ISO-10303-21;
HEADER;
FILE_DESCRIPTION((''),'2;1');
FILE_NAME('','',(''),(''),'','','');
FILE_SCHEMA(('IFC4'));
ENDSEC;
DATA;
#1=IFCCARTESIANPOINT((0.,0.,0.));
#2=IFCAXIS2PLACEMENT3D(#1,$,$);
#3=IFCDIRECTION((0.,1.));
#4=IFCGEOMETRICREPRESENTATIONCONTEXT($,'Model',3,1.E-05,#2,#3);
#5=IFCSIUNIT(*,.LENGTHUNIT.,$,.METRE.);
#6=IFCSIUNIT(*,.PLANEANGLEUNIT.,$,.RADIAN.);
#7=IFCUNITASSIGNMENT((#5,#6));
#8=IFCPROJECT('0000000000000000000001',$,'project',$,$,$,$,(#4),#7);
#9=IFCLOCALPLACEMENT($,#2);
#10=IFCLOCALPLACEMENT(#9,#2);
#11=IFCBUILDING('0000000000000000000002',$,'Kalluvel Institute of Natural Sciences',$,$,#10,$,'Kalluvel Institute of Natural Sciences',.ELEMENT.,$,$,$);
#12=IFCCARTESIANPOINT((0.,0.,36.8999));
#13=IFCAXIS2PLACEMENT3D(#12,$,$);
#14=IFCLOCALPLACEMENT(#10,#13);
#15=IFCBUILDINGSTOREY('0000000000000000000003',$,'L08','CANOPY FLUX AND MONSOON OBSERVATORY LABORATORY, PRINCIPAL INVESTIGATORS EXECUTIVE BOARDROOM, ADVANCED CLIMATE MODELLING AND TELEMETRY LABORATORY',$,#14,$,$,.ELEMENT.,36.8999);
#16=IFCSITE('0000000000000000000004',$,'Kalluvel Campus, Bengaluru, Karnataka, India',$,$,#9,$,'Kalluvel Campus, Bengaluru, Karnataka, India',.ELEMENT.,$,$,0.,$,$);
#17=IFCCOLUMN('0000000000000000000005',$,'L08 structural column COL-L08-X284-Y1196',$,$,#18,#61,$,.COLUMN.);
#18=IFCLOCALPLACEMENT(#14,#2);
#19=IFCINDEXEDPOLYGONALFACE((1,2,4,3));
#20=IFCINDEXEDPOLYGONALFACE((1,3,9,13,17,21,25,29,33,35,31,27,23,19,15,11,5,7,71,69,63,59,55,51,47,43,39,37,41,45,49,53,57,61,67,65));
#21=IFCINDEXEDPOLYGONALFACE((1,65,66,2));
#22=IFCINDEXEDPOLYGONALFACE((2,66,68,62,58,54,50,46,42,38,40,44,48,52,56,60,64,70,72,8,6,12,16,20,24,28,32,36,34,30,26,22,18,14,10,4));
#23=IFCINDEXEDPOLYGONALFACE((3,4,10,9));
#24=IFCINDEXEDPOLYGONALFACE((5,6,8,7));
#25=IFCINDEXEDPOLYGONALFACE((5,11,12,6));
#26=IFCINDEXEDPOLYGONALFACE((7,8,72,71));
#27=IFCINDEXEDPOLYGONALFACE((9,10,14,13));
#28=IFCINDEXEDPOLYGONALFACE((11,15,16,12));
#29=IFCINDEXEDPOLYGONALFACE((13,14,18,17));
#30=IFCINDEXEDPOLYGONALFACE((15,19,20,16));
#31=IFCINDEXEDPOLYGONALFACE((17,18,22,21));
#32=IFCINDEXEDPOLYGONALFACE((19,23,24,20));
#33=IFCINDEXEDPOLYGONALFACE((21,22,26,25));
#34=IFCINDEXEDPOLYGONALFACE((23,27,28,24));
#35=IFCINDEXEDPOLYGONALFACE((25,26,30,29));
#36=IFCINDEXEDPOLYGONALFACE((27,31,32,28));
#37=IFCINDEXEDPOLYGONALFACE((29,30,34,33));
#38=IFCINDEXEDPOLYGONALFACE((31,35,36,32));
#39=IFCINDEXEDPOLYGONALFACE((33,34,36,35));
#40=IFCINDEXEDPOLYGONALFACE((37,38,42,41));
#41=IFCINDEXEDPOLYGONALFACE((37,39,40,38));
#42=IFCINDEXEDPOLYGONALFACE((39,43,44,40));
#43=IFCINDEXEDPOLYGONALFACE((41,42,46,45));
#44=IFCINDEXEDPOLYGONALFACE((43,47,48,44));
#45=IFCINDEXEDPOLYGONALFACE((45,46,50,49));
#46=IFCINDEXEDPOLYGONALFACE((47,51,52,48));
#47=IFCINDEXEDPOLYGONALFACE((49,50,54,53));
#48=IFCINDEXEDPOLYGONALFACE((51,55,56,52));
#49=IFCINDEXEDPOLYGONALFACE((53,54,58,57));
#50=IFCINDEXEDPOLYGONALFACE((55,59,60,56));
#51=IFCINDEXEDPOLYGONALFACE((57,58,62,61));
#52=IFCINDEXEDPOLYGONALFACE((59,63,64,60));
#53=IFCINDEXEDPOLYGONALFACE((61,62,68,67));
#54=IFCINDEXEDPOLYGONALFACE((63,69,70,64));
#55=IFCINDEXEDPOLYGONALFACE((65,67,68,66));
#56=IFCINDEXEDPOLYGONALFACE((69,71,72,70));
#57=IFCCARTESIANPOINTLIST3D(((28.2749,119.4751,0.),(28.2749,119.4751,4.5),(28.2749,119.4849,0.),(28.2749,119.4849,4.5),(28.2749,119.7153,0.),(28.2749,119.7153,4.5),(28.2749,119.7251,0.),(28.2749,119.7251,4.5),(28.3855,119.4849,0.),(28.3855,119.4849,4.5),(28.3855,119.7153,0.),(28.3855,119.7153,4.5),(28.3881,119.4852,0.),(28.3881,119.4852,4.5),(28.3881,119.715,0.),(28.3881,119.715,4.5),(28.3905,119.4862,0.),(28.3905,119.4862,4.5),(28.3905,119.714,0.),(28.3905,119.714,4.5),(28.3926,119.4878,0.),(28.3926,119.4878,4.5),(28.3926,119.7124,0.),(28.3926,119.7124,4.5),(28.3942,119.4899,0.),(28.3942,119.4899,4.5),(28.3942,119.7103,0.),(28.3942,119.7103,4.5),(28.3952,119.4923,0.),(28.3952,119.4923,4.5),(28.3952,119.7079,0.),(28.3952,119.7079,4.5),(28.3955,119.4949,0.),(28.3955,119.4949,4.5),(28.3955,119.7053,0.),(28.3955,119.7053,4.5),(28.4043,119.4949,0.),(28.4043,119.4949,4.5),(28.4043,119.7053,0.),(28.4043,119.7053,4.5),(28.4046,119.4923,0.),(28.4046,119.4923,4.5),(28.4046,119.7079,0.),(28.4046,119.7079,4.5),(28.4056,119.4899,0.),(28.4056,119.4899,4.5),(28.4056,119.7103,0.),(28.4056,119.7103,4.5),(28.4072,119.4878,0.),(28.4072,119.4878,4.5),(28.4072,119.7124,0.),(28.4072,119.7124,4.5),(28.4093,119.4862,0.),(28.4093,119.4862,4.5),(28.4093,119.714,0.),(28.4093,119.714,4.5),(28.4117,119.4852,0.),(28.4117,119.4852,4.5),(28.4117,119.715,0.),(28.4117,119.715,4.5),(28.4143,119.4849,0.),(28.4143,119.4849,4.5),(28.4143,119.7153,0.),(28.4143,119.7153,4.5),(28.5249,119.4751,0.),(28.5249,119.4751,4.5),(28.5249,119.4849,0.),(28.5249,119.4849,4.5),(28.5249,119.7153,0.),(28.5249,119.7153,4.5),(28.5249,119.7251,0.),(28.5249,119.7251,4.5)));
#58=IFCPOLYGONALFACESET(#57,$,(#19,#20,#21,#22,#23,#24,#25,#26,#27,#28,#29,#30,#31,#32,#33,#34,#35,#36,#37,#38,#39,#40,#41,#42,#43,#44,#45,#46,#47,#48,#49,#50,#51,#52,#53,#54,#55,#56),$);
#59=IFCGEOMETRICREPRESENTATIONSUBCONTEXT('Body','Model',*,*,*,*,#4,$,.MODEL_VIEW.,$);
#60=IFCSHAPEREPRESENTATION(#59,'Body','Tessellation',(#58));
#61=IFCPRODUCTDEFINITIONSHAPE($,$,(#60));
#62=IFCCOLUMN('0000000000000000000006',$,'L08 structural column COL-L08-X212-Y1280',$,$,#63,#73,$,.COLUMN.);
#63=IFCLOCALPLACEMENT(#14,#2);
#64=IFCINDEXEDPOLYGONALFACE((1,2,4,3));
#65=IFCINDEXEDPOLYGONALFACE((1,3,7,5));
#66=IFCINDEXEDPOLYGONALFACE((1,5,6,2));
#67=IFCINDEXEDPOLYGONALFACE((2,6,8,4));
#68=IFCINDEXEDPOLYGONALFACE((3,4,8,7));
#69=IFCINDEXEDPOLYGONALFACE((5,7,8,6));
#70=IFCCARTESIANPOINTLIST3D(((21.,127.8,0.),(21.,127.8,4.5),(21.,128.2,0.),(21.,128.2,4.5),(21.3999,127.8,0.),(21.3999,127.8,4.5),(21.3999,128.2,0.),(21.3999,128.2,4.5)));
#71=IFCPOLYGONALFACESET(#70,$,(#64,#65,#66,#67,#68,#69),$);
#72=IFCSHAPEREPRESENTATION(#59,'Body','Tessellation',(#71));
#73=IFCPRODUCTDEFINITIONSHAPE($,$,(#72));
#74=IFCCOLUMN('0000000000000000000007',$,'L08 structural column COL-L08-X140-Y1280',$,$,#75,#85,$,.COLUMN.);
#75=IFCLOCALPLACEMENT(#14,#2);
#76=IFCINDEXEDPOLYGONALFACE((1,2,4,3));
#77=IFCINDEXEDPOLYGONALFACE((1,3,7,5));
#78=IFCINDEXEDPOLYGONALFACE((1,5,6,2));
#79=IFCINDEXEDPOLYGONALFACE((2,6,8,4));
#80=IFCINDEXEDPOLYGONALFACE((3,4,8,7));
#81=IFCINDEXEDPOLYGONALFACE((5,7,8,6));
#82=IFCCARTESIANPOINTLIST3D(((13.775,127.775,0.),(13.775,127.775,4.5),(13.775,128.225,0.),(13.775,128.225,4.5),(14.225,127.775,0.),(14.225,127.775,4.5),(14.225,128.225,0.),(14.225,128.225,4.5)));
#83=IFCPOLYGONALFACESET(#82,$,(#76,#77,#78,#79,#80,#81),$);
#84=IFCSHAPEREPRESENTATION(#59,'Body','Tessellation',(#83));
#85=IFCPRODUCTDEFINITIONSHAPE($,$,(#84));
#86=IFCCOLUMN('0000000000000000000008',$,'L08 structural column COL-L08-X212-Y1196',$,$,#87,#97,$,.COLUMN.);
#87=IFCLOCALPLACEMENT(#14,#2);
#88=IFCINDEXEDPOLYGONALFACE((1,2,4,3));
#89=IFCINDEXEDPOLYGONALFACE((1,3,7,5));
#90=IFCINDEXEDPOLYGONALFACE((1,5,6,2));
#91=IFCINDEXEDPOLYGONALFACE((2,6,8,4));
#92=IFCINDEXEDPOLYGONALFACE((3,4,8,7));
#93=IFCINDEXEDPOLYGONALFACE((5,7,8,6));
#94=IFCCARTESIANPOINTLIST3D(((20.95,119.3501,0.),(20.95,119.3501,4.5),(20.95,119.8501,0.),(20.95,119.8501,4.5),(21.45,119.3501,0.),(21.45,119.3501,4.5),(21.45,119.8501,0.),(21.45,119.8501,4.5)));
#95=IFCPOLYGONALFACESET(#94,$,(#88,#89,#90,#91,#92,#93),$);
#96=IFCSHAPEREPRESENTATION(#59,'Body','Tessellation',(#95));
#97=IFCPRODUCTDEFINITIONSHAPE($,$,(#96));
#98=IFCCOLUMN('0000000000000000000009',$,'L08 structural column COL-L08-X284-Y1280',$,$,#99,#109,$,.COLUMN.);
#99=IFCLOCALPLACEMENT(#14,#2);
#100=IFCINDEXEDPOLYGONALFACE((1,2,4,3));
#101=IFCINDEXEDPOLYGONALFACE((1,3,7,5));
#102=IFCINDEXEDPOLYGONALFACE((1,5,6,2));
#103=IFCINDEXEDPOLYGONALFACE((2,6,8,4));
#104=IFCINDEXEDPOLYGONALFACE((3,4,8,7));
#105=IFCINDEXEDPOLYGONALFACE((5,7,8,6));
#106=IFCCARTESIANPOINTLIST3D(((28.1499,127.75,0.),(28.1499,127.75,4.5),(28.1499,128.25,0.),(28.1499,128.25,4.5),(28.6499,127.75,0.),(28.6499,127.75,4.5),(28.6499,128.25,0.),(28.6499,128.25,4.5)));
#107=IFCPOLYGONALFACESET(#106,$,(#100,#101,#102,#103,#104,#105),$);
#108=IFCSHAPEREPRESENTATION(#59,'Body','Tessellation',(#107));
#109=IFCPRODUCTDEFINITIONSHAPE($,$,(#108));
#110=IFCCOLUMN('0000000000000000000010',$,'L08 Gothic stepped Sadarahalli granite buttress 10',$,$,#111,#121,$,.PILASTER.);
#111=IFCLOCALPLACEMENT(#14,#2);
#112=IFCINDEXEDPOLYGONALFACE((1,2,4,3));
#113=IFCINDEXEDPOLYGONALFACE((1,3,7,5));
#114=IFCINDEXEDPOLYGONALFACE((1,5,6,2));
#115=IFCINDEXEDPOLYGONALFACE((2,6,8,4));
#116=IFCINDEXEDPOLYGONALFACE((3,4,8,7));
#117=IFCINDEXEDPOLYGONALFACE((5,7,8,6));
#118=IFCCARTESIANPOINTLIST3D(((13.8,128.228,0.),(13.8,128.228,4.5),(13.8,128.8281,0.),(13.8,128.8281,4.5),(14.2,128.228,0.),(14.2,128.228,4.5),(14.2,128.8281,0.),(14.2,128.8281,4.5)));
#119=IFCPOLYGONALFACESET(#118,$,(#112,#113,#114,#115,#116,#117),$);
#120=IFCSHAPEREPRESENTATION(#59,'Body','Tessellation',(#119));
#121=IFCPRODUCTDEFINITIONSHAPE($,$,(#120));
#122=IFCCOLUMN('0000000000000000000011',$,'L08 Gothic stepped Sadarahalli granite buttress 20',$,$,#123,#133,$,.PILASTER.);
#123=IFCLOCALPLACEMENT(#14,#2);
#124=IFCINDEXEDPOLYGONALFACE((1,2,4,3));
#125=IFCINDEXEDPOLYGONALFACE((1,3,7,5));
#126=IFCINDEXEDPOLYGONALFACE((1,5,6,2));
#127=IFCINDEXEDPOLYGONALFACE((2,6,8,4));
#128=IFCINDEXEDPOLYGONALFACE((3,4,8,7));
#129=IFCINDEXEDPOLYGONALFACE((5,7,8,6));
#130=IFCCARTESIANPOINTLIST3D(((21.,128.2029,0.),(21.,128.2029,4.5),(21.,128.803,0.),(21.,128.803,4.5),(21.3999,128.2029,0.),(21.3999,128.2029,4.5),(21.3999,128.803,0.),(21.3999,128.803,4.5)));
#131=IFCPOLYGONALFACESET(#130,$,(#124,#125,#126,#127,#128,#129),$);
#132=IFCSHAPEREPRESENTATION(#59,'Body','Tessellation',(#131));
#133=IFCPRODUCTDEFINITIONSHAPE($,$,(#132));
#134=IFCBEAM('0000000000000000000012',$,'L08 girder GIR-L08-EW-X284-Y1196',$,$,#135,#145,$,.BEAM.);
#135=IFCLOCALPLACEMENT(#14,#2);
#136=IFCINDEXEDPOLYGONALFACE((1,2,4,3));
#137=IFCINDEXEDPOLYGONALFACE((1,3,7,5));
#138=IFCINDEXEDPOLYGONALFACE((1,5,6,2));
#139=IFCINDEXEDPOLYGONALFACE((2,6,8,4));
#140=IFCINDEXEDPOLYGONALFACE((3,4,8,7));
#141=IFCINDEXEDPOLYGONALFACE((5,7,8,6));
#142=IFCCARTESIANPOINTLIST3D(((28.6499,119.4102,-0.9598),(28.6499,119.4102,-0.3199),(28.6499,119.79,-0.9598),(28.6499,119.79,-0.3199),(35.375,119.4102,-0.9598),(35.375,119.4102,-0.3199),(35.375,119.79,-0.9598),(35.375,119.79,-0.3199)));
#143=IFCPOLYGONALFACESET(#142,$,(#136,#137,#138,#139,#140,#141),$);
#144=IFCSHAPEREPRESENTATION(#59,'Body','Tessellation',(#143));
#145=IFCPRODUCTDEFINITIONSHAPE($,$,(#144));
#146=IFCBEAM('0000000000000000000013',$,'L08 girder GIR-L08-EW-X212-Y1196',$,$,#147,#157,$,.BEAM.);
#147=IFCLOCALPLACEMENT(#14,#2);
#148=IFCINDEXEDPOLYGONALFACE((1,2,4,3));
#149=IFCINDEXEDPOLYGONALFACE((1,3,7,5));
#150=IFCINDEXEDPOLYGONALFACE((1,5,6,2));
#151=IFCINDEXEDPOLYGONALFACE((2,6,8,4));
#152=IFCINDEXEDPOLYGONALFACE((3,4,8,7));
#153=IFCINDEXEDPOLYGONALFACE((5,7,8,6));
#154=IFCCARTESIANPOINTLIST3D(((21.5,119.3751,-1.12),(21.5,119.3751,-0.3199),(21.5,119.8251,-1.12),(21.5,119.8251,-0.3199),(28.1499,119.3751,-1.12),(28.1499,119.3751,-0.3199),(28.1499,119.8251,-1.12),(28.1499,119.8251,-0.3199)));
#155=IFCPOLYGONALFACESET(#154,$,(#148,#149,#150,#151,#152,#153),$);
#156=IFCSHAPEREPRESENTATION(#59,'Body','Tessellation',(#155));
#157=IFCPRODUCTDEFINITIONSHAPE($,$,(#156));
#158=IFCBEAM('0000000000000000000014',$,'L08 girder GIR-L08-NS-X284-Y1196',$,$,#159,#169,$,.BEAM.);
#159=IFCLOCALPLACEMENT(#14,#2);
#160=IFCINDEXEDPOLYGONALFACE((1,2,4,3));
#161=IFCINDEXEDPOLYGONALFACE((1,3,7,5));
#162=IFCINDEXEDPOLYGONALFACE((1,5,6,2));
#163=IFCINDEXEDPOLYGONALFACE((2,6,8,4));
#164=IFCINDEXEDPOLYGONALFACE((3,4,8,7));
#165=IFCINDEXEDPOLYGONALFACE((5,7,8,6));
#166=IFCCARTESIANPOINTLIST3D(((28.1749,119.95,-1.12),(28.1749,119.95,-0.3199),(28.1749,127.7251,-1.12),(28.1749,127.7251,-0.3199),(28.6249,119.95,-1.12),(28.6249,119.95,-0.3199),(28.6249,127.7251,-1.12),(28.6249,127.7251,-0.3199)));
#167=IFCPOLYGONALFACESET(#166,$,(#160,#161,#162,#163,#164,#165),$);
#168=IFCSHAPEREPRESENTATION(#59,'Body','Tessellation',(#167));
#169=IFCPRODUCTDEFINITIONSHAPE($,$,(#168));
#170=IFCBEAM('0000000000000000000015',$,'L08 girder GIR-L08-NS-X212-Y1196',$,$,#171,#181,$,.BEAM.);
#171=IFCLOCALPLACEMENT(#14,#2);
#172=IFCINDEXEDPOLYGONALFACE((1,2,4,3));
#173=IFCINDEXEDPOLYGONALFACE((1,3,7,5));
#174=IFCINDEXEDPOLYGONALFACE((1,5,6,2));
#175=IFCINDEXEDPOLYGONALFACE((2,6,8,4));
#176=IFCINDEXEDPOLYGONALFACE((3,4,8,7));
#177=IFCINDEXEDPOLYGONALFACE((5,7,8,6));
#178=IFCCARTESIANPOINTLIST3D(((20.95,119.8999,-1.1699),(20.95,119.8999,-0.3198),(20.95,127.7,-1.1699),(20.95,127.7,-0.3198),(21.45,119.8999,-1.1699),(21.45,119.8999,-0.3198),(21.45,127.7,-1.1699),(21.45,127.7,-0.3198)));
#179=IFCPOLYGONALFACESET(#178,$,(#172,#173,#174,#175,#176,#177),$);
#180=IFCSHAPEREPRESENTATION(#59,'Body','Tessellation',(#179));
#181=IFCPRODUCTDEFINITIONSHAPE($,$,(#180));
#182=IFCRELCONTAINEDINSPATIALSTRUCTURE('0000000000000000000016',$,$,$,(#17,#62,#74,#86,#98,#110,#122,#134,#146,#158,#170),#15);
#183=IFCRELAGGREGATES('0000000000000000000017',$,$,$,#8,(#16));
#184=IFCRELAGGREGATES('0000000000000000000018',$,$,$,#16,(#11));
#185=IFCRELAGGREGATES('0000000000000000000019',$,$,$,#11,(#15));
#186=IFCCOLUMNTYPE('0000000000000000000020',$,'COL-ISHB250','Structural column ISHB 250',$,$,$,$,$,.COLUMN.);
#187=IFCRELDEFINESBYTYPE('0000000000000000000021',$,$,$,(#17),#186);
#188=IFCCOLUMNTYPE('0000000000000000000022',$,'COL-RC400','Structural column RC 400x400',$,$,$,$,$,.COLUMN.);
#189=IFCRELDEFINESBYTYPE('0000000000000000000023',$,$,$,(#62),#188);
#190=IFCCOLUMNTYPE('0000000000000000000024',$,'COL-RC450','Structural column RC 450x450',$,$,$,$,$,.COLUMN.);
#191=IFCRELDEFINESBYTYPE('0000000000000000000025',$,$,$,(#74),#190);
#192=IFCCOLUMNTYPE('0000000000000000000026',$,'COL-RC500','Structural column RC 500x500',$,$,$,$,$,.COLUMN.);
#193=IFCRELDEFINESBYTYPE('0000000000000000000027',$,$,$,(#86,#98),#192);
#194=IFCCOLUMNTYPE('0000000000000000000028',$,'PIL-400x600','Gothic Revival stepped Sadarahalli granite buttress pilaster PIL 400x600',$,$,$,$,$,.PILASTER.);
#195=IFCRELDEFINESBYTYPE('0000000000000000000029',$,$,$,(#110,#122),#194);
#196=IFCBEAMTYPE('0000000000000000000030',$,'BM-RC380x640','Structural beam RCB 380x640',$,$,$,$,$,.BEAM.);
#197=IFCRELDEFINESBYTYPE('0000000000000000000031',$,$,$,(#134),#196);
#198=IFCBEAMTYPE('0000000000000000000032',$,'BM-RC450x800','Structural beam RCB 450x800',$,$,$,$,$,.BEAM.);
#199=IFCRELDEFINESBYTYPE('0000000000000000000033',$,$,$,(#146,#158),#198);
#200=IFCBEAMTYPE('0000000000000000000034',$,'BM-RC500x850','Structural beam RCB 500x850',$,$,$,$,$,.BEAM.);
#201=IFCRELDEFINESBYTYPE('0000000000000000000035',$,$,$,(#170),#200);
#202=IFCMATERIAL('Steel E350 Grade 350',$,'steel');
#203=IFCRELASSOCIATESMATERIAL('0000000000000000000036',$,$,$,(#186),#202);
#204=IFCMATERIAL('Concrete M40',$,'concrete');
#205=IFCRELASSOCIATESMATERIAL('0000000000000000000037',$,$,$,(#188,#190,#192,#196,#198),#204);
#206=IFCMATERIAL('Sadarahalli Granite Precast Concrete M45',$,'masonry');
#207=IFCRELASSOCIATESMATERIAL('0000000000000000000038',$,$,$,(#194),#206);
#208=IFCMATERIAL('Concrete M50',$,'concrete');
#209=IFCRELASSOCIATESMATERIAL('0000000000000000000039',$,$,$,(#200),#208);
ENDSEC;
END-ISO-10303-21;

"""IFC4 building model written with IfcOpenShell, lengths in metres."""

from ifc_helpers import new_model, si_unit, direction, frame, origin, origin_2d, place, context, subcontext, project, spatial, rectangle, i_section, extrude, material, material_profile, profile_set, type_object, element, save


model = new_model("IFC4")

# Units and contexts
model_context = context("Model", 3, precision=1e-05, world=origin(), true_north=direction((0.0, 1.0)))
body_context = subcontext(model_context, "Body", "Model", "MODEL_VIEW")
ifc_project = project(units=[si_unit("LENGTHUNIT", "METRE"), si_unit("PLANEANGLEUNIT", "RADIAN")], contexts=[model_context])

# Site, building, storey
site_placement = place(None, origin())
site = spatial("IfcSite", under=ifc_project, at=site_placement, Name="Kalluvel Campus, Bengaluru, Karnataka, India", LongName="Kalluvel Campus, Bengaluru, Karnataka, India", CompositionType="ELEMENT", RefElevation=0.0)
building_placement = place(site_placement, origin())
building = spatial("IfcBuilding", under=site, at=building_placement, Name="Kalluvel Institute of Natural Sciences", LongName="Kalluvel Institute of Natural Sciences", CompositionType="ELEMENT")
storey_placement = place(building_placement, frame((0.0, 0.0, 36.8999)))
storey = spatial("IfcBuildingStorey", under=building, at=storey_placement, Name="L08", Description="CANOPY FLUX AND MONSOON OBSERVATORY LABORATORY, PRINCIPAL INVESTIGATORS EXECUTIVE BOARDROOM, ADVANCED CLIMATE MODELLING AND TELEMETRY LABORATORY", CompositionType="ELEMENT", Elevation=36.8999)

# Columns
ifc_material_1 = material(Name="Steel E350 Grade 350", Category="steel")
ifc_material_profile_1 = material_profile(ifc_material_1, i_section(OverallWidth=0.25, OverallDepth=0.25, WebThickness=0.0088, FlangeThickness=0.0098, FilletRadius=0.01, at=origin_2d()), Name="ISHB 250")
ifc_profile_set_1 = profile_set([ifc_material_profile_1], Name="Steel E350 Grade 350")
column_type_1 = type_object("IfcColumnType", Name="COL-ISHB250", Description="Structural column ISHB 250", PredefinedType="COLUMN", material=ifc_profile_set_1)
column_1_placement = place(storey_placement, frame((28.3999, 119.6001, 0.0), z_axis=(0.0, 0.0, 1.0), x_axis=(1.0, 0.0, 0.0)))
element("IfcColumn", 1, at=column_1_placement, inside=storey, type_object=column_type_1, Name="L08 structural column COL-L08-X284-Y1196", PredefinedType="COLUMN", context=body_context, shape_type="SweptSolid", body=[
    extrude(i_section(OverallWidth=0.25, OverallDepth=0.25, WebThickness=0.0088, FlangeThickness=0.0098, FilletRadius=0.01, at=origin_2d()), origin(), (0.0, 0.0, 1.0), 4.5),
])
ifc_material_2 = material(Name="Concrete M40", Category="concrete")
ifc_material_profile_2 = material_profile(ifc_material_2, rectangle(XDim=0.3999, YDim=0.3999, at=origin_2d()), Name="RC 400x400")
ifc_profile_set_2 = profile_set([ifc_material_profile_2], Name="Concrete M40")
column_type_2 = type_object("IfcColumnType", Name="COL-RC400", Description="Structural column RC 400x400", PredefinedType="COLUMN", material=ifc_profile_set_2)
column_2_placement = place(storey_placement, frame((21.2, 128.0, 0.0), z_axis=(0.0, 0.0, 1.0), x_axis=(1.0, 0.0, 0.0)))
element("IfcColumn", 2, at=column_2_placement, inside=storey, type_object=column_type_2, Name="L08 structural column COL-L08-X212-Y1280", PredefinedType="COLUMN", context=body_context, shape_type="SweptSolid", body=[
    extrude(rectangle(XDim=0.3999, YDim=0.3999, at=origin_2d()), origin(), (0.0, 0.0, 1.0), 4.5),
])
ifc_material_profile_3 = material_profile(ifc_material_2, rectangle(XDim=0.45, YDim=0.45, at=origin_2d()), Name="RC 450x450")
ifc_profile_set_3 = profile_set([ifc_material_profile_3], Name="Concrete M40")
column_type_3 = type_object("IfcColumnType", Name="COL-RC450", Description="Structural column RC 450x450", PredefinedType="COLUMN", material=ifc_profile_set_3)
column_3_placement = place(storey_placement, frame((14.0, 128.0, 0.0), z_axis=(0.0, 0.0, 1.0), x_axis=(1.0, 0.0, 0.0)))
element("IfcColumn", 3, at=column_3_placement, inside=storey, type_object=column_type_3, Name="L08 structural column COL-L08-X140-Y1280", PredefinedType="COLUMN", context=body_context, shape_type="SweptSolid", body=[
    extrude(rectangle(XDim=0.45, YDim=0.45, at=origin_2d()), origin(), (0.0, 0.0, 1.0), 4.5),
])
ifc_material_profile_4 = material_profile(ifc_material_2, rectangle(XDim=0.5, YDim=0.5, at=origin_2d()), Name="RC 500x500")
ifc_profile_set_4 = profile_set([ifc_material_profile_4], Name="Concrete M40")
column_type_4 = type_object("IfcColumnType", Name="COL-RC500", Description="Structural column RC 500x500", PredefinedType="COLUMN", material=ifc_profile_set_4)
for number, where, z_axis, x_axis, name in (
    (4, (21.2, 119.6001, 0.0), (0.0, 0.0, 1.0), (1.0, 0.0, 0.0), "L08 structural column COL-L08-X212-Y1196"),
    (5, (28.3999, 128.0, 0.0), (0.0, 0.0, 1.0), (1.0, 0.0, 0.0), "L08 structural column COL-L08-X284-Y1280"),
):
    element("IfcColumn", number, at=place(storey_placement, frame(where, z_axis=z_axis, x_axis=x_axis)), inside=storey, type_object=column_type_4, Name=name, PredefinedType="COLUMN", context=body_context, shape_type="SweptSolid", body=[
        extrude(rectangle(XDim=0.5, YDim=0.5, at=origin_2d()), origin(), (0.0, 0.0, 1.0), 4.5),
    ])
ifc_material_3 = material(Name="Sadarahalli Granite Precast Concrete M45", Category="masonry")
ifc_material_profile_5 = material_profile(ifc_material_3, rectangle(XDim=0.3999, YDim=0.6001, at=origin_2d()), Name="PIL 400x600")
ifc_profile_set_5 = profile_set([ifc_material_profile_5], Name="Sadarahalli Granite Precast Concrete M45")
column_type_5 = type_object("IfcColumnType", Name="PIL-400x600", Description="Gothic Revival stepped Sadarahalli granite buttress pilaster PIL 400x600", PredefinedType="PILASTER", material=ifc_profile_set_5)
for number, where, z_axis, x_axis, name in (
    (6, (14.0, 128.5281, 0.0), (0.0, 0.0, 1.0), (1.0, 0.0, 0.0), "L08 Gothic stepped Sadarahalli granite buttress 10"),
    (7, (21.2, 128.5029, 0.0), (0.0, 0.0, 1.0), (1.0, 0.0, 0.0), "L08 Gothic stepped Sadarahalli granite buttress 20"),
):
    element("IfcColumn", number, at=place(storey_placement, frame(where, z_axis=z_axis, x_axis=x_axis)), inside=storey, type_object=column_type_5, Name=name, PredefinedType="PILASTER", context=body_context, shape_type="SweptSolid", body=[
        extrude(rectangle(XDim=0.3999, YDim=0.6001, at=origin_2d()), origin(), (0.0, 0.0, 1.0), 4.5),
    ])

# Beams
ifc_material_profile_6 = material_profile(ifc_material_2, rectangle(XDim=0.3799, YDim=0.6399, at=origin_2d()), Name="RCB 380x640")
ifc_profile_set_6 = profile_set([ifc_material_profile_6], Name="Concrete M40")
beam_type_1 = type_object("IfcBeamType", Name="BM-RC380x640", Description="Structural beam RCB 380x640", PredefinedType="BEAM", material=ifc_profile_set_6)
beam_1_placement = place(storey_placement, frame((28.6499, 119.6001, -0.6399), z_axis=(1.0, 0.0, 0.0), x_axis=(0.0, 1.0, 0.0)))
element("IfcBeam", 8, at=beam_1_placement, inside=storey, type_object=beam_type_1, Name="L08 girder GIR-L08-EW-X284-Y1196", PredefinedType="BEAM", context=body_context, shape_type="SweptSolid", body=[
    extrude(rectangle(XDim=0.3799, YDim=0.6399, at=origin_2d()), origin(), (0.0, 0.0, 1.0), 6.7251),
])
ifc_material_profile_7 = material_profile(ifc_material_2, rectangle(XDim=0.45, YDim=0.8, at=origin_2d()), Name="RCB 450x800")
ifc_profile_set_7 = profile_set([ifc_material_profile_7], Name="Concrete M40")
beam_type_2 = type_object("IfcBeamType", Name="BM-RC450x800", Description="Structural beam RCB 450x800", PredefinedType="BEAM", material=ifc_profile_set_7)
beam_2_placement = place(storey_placement, frame((21.5, 119.6001, -0.72), z_axis=(1.0, 0.0, 0.0), x_axis=(0.0, 1.0, 0.0)))
element("IfcBeam", 9, at=beam_2_placement, inside=storey, type_object=beam_type_2, Name="L08 girder GIR-L08-EW-X212-Y1196", PredefinedType="BEAM", context=body_context, shape_type="SweptSolid", body=[
    extrude(rectangle(XDim=0.45, YDim=0.8, at=origin_2d()), origin(), (0.0, 0.0, 1.0), 6.6499),
])
beam_3_placement = place(storey_placement, frame((28.3999, 119.95, -0.72), z_axis=(0.0, 1.0, 0.0), x_axis=(-1.0, 0.0, 0.0)))
element("IfcBeam", 10, at=beam_3_placement, inside=storey, type_object=beam_type_2, Name="L08 girder GIR-L08-NS-X284-Y1196", PredefinedType="BEAM", context=body_context, shape_type="SweptSolid", body=[
    extrude(rectangle(XDim=0.45, YDim=0.8, at=origin_2d()), origin(), (0.0, 0.0, 1.0), 7.7751),
])
ifc_material_4 = material(Name="Concrete M50", Category="concrete")
ifc_material_profile_8 = material_profile(ifc_material_4, rectangle(XDim=0.5, YDim=0.8501, at=origin_2d()), Name="RCB 500x850")
ifc_profile_set_8 = profile_set([ifc_material_profile_8], Name="Concrete M50")
beam_type_3 = type_object("IfcBeamType", Name="BM-RC500x850", Description="Structural beam RCB 500x850", PredefinedType="BEAM", material=ifc_profile_set_8)
beam_4_placement = place(storey_placement, frame((21.2, 119.8999, -0.7449), z_axis=(0.0, 1.0, 0.0), x_axis=(-1.0, 0.0, 0.0)))
element("IfcBeam", 11, at=beam_4_placement, inside=storey, type_object=beam_type_3, Name="L08 girder GIR-L08-NS-X212-Y1196", PredefinedType="BEAM", context=body_context, shape_type="SweptSolid", body=[
    extrude(rectangle(XDim=0.5, YDim=0.8501, at=origin_2d()), origin(), (0.0, 0.0, 1.0), 7.8),
])

save(model, "model.ifc")
